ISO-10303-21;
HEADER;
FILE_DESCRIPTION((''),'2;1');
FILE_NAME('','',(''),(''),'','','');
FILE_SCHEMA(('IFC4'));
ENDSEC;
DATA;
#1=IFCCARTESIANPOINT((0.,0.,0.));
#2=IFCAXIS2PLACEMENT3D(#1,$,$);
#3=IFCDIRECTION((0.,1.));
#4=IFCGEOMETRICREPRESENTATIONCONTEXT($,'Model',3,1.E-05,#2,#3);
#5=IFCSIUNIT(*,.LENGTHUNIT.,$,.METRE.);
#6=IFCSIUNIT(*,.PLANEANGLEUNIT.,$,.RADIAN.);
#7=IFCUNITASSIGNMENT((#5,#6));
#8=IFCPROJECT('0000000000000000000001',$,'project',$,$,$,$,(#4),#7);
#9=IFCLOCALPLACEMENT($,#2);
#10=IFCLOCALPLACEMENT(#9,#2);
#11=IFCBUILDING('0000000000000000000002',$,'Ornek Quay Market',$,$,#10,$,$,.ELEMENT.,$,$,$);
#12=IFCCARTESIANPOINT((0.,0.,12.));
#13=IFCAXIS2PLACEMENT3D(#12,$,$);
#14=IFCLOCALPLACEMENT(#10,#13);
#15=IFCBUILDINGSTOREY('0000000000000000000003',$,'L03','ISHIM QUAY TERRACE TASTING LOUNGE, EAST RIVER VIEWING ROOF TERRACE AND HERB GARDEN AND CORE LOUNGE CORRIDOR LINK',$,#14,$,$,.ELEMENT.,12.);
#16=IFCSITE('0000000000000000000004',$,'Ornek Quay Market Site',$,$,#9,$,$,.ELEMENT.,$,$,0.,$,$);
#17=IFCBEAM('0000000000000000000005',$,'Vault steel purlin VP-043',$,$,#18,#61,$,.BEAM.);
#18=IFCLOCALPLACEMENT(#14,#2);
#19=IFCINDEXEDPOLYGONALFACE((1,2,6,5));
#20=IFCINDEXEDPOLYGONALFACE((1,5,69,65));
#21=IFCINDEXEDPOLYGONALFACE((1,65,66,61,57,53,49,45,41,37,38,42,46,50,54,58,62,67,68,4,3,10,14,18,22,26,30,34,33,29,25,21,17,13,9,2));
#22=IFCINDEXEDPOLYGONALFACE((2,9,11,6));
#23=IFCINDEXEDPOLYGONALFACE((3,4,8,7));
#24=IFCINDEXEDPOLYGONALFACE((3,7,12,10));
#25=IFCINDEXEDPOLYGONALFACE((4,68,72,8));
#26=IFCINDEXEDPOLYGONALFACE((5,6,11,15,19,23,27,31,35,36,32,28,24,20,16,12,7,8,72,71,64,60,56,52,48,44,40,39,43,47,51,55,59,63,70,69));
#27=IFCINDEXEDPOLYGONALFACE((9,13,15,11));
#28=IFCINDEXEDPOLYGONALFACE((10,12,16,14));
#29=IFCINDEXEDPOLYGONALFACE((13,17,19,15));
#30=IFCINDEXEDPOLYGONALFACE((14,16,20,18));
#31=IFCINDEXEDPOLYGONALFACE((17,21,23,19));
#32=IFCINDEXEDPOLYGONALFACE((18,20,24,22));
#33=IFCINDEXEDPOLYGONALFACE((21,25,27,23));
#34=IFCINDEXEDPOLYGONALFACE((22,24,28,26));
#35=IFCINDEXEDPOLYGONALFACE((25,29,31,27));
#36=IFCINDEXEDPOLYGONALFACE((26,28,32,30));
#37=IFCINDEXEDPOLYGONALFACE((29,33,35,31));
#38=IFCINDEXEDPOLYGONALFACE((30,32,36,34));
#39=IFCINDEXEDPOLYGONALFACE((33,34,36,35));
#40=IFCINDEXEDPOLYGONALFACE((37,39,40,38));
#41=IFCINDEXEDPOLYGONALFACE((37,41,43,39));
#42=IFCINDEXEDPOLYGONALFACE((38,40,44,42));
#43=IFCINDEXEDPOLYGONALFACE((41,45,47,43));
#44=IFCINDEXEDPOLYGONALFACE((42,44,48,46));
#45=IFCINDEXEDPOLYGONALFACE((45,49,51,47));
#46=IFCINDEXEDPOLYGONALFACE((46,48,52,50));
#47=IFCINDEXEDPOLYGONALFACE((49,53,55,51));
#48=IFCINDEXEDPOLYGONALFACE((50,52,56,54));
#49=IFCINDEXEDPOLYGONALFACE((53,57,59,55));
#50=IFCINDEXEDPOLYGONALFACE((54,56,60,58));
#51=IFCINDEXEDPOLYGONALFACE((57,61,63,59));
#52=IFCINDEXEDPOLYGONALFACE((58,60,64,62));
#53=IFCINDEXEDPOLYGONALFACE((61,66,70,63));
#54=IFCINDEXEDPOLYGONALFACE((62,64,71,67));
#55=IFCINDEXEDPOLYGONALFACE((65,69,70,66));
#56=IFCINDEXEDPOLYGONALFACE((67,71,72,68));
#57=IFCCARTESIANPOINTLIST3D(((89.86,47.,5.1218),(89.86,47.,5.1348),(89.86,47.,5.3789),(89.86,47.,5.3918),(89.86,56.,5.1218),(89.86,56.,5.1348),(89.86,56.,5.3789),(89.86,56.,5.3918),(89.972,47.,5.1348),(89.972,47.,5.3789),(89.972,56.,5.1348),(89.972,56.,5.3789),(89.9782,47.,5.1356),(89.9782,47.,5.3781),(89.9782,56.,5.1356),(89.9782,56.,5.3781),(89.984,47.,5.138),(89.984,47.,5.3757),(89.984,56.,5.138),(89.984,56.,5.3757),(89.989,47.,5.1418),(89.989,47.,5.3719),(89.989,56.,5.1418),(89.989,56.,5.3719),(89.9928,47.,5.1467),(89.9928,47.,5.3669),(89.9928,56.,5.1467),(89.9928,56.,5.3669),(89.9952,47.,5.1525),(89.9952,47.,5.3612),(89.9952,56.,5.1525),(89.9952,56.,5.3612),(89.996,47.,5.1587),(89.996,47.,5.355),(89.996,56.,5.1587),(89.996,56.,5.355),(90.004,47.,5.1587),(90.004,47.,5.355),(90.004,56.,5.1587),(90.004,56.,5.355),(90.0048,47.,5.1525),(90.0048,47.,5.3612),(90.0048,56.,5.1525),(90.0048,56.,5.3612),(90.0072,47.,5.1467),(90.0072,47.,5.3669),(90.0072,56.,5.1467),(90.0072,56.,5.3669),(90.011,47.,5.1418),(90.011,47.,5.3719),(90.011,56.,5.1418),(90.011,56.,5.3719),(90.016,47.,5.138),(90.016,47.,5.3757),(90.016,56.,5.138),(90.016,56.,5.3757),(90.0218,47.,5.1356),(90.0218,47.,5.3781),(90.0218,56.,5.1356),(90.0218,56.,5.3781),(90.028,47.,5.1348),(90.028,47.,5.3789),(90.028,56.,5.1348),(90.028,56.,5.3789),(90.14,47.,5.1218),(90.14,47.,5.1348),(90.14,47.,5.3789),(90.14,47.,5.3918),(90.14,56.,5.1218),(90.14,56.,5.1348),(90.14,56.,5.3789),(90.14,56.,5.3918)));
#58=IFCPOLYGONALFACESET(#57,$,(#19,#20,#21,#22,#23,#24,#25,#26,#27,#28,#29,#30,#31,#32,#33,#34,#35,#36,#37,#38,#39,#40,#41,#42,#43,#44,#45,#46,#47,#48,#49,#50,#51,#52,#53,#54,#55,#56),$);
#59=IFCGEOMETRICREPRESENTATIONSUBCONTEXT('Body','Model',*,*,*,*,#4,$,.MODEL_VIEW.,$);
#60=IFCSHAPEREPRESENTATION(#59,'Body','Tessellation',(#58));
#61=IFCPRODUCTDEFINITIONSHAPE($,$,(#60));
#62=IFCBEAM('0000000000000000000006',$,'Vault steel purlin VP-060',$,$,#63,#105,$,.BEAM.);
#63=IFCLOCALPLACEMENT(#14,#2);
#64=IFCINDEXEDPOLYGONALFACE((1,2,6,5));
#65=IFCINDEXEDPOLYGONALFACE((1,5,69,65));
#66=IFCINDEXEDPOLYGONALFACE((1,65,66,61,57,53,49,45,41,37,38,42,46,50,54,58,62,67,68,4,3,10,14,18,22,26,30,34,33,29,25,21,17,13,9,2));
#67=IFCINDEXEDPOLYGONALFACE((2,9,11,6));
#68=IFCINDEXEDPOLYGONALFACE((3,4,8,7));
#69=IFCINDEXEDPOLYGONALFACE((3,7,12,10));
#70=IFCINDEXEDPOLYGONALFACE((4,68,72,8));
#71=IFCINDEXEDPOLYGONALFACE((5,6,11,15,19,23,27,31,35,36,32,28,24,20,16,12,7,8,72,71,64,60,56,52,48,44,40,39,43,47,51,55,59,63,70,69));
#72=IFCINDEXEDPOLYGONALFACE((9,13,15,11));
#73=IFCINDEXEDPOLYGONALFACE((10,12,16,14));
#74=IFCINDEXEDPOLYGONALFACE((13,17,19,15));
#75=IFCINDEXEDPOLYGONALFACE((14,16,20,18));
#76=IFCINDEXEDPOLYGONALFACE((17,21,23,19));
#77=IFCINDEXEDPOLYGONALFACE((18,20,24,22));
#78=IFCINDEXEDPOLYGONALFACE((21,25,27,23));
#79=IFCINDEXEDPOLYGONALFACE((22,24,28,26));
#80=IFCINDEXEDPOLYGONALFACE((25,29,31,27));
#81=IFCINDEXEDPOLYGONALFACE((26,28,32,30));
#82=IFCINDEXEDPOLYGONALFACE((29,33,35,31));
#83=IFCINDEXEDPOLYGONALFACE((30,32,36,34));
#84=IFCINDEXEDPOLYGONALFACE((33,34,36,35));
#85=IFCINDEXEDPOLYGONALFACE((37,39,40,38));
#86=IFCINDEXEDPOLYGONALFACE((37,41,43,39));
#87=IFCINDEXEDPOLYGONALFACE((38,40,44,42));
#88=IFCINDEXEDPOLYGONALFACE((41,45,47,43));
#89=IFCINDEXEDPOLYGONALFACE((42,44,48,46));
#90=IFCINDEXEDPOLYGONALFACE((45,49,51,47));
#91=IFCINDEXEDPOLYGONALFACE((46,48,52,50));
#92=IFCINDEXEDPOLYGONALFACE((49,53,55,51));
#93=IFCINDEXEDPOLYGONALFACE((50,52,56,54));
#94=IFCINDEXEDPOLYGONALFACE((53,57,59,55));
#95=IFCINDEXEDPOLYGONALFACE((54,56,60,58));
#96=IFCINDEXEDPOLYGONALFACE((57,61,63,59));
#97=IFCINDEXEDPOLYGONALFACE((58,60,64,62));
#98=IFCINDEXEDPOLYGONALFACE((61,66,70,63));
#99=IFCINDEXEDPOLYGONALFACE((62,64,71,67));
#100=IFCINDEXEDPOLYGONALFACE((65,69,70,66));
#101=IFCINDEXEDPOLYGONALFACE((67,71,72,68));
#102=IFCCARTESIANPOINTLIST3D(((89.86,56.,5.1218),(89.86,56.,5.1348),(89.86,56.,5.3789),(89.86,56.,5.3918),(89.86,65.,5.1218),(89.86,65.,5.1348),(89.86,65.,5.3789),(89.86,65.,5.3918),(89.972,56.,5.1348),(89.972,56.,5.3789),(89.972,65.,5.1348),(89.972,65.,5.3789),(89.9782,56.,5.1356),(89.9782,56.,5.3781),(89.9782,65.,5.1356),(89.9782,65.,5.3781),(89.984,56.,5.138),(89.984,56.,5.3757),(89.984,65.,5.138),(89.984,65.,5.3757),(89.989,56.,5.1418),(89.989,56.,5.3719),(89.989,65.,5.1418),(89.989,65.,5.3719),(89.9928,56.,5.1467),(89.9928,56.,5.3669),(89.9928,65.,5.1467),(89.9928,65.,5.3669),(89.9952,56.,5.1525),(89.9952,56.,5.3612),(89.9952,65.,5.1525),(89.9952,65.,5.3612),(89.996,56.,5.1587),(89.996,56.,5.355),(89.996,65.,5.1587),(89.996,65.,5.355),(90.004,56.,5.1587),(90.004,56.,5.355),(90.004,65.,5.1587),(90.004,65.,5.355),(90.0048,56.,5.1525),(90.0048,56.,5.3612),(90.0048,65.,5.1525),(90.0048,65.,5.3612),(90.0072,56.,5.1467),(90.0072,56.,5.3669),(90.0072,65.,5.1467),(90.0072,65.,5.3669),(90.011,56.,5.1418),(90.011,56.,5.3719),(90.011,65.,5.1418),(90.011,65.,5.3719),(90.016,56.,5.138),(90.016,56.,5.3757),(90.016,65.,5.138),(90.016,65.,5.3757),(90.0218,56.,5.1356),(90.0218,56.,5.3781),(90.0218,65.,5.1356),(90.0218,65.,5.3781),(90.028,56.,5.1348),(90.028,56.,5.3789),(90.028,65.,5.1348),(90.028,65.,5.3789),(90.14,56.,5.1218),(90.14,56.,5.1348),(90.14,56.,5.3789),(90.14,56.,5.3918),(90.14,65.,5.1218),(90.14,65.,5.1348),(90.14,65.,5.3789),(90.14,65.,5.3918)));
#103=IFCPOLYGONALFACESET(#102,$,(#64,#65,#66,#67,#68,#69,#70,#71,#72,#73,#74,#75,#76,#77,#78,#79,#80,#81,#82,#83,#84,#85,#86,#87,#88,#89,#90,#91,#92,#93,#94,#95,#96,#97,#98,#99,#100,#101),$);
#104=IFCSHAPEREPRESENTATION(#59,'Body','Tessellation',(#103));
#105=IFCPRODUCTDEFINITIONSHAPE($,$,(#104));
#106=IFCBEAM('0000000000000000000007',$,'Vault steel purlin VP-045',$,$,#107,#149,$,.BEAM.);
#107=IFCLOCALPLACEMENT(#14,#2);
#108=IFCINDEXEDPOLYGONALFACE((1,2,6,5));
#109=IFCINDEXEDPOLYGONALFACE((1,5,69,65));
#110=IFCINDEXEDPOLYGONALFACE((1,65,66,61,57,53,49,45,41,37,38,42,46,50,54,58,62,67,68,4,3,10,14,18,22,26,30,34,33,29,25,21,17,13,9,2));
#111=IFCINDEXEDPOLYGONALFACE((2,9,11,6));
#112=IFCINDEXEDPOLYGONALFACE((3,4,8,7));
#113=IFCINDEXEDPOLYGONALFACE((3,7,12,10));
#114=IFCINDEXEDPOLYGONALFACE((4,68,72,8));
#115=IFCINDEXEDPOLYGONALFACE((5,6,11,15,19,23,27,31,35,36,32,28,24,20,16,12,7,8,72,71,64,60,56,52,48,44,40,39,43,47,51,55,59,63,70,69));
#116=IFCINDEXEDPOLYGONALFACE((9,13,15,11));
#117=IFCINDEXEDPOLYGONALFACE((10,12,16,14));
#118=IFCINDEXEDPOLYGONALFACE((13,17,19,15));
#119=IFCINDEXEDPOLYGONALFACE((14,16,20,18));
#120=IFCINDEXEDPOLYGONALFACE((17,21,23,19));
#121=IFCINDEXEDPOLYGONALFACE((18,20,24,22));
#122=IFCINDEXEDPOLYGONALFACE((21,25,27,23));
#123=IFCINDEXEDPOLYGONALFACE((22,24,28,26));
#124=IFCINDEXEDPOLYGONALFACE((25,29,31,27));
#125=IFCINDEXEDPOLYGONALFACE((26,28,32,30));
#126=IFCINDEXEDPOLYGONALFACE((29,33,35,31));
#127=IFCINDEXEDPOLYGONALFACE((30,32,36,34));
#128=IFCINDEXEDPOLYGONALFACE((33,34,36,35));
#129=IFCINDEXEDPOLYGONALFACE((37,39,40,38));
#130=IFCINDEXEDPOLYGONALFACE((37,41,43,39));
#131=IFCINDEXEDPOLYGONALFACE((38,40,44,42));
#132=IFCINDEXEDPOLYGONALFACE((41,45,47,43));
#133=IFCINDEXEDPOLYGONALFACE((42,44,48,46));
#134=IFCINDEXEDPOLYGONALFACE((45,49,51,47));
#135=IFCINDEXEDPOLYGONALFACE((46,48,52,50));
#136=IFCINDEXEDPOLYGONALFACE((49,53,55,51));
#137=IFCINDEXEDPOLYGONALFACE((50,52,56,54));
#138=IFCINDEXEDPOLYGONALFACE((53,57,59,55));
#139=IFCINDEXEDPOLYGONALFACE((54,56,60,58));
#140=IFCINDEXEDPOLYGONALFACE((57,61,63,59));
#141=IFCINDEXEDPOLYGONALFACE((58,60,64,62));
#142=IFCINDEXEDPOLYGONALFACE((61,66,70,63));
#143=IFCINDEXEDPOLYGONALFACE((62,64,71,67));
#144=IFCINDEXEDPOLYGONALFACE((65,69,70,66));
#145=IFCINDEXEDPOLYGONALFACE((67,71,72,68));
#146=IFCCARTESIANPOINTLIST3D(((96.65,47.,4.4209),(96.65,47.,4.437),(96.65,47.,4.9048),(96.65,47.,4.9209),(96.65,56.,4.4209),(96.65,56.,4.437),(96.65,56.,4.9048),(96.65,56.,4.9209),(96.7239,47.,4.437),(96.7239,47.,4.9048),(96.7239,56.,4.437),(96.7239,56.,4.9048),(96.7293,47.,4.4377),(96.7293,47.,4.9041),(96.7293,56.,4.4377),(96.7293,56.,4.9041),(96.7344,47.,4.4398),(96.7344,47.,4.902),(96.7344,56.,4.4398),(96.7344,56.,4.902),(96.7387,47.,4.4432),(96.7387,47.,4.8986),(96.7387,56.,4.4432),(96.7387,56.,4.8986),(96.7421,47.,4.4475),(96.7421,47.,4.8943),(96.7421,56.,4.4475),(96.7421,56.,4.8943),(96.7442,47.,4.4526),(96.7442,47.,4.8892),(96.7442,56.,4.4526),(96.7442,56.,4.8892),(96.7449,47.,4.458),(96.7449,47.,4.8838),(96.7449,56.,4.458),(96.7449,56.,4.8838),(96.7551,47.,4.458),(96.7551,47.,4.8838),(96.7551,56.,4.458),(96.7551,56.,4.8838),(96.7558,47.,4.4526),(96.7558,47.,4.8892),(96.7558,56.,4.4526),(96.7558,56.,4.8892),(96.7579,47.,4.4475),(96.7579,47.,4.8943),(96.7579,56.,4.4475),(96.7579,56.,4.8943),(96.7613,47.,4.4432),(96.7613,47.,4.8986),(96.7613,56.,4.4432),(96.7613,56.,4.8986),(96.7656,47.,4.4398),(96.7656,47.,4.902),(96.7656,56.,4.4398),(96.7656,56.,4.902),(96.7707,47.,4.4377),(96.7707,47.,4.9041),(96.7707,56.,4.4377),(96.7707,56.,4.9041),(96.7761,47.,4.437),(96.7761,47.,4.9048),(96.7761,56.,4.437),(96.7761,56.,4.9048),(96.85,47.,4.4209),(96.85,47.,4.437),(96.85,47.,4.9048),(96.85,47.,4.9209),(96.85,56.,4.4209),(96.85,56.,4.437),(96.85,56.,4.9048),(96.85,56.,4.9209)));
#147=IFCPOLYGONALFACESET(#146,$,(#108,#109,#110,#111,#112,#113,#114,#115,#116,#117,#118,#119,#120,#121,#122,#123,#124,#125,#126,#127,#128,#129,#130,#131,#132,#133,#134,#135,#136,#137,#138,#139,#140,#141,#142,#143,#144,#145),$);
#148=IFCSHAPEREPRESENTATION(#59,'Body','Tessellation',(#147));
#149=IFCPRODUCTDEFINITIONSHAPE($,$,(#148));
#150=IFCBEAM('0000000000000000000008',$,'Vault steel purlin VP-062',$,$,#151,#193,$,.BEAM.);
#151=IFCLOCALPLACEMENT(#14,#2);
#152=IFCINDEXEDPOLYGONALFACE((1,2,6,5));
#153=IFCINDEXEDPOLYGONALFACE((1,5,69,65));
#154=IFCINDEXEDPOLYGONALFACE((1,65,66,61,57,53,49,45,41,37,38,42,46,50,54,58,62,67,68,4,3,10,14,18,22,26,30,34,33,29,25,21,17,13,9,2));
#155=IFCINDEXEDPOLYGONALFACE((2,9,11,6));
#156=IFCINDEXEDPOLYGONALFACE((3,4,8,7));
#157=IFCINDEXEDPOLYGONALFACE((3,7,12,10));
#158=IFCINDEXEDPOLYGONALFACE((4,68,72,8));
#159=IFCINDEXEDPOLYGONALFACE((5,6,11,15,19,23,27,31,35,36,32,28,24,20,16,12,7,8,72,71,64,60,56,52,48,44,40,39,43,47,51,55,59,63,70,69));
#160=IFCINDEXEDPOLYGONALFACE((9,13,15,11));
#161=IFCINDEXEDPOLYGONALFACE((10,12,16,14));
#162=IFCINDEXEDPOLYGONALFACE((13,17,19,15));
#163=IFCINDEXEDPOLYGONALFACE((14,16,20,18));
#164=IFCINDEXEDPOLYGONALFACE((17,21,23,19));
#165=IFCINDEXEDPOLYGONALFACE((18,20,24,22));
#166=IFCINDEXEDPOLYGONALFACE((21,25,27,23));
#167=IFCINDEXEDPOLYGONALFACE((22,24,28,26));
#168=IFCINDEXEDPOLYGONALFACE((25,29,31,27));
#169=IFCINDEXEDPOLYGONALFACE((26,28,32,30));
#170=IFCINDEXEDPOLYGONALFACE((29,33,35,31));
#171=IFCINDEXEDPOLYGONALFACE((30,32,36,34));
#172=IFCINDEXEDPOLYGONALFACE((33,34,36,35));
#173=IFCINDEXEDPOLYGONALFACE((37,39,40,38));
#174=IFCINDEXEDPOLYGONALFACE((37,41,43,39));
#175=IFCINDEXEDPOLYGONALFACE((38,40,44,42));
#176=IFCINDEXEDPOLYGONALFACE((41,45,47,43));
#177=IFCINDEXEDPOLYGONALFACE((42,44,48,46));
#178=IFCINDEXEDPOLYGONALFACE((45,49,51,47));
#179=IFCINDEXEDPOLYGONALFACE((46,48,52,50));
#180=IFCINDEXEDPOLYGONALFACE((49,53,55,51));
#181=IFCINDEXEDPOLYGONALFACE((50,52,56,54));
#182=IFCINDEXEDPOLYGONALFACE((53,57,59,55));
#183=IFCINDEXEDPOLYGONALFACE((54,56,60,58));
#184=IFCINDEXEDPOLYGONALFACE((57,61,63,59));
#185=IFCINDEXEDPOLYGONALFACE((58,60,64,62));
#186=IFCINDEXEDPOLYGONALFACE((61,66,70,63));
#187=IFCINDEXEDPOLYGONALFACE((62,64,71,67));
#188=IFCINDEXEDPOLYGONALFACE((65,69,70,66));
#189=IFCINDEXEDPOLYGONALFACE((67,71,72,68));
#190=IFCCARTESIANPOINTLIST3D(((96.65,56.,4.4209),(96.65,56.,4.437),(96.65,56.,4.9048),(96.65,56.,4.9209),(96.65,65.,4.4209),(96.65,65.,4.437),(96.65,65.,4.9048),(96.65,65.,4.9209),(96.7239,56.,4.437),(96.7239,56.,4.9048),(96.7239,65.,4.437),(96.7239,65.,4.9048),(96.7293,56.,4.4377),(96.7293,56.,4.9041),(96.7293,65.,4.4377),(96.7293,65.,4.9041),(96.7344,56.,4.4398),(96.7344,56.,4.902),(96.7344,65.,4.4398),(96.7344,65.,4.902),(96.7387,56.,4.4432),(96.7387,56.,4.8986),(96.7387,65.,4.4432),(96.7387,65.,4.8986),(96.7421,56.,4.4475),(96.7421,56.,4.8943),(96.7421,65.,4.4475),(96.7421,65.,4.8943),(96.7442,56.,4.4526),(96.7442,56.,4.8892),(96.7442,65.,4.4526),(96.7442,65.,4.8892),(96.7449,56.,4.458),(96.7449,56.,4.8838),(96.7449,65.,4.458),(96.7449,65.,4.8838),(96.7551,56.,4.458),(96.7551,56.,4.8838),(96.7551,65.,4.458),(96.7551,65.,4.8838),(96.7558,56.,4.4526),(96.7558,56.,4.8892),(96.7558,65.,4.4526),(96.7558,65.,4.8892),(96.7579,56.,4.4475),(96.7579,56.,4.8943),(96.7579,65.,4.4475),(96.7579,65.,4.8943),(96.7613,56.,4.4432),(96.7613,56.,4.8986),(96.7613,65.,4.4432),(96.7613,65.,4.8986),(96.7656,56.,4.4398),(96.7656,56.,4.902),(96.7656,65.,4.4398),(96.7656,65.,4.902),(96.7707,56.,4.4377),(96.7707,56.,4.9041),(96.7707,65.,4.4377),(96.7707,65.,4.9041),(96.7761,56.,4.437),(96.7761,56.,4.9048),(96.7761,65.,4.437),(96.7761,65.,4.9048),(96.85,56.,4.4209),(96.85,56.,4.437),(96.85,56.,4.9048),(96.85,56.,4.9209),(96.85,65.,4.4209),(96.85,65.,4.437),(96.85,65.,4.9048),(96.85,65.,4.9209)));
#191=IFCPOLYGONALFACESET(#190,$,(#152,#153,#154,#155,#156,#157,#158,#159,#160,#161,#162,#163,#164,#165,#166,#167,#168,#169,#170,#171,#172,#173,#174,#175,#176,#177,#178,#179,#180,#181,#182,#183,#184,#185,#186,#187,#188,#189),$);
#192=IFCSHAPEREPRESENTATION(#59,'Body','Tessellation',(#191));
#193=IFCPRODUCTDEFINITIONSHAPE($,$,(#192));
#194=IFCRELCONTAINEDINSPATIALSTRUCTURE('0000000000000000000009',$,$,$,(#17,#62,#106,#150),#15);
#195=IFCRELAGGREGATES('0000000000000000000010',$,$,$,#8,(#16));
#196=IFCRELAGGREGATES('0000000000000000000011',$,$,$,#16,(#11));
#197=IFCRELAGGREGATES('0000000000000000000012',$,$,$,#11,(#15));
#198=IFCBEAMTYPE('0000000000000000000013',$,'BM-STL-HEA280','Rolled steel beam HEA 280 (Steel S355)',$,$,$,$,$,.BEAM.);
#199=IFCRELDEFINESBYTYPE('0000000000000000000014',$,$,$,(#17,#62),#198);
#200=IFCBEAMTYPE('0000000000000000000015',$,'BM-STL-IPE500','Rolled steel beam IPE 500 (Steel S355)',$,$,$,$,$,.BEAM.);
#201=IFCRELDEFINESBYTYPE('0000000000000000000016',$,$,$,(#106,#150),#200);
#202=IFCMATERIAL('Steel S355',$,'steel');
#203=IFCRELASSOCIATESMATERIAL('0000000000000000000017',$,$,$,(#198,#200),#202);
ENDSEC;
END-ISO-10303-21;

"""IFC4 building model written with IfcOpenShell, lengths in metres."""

from ifc_helpers import new_model, si_unit, direction, frame, origin, origin_2d, place, context, subcontext, project, spatial, i_section, extrude, material, material_profile, profile_set, type_object, element, save


model = new_model("IFC4")

# Units and contexts
model_context = context("Model", 3, precision=1e-05, world=origin(), true_north=direction((0.0, 1.0)))
body_context = subcontext(model_context, "Body", "Model", "MODEL_VIEW")
ifc_project = project(units=[si_unit("LENGTHUNIT", "METRE"), si_unit("PLANEANGLEUNIT", "RADIAN")], contexts=[model_context])

# Site, building, storey
site_placement = place(None, origin())
site = spatial("IfcSite", under=ifc_project, at=site_placement, Name="Ornek Quay Market Site", CompositionType="ELEMENT", RefElevation=0.0)
building_placement = place(site_placement, origin())
building = spatial("IfcBuilding", under=site, at=building_placement, Name="Ornek Quay Market", CompositionType="ELEMENT")
storey_placement = place(building_placement, frame((0.0, 0.0, 12.0)))
storey = spatial("IfcBuildingStorey", under=building, at=storey_placement, Name="L03", Description="ISHIM QUAY TERRACE TASTING LOUNGE, EAST RIVER VIEWING ROOF TERRACE AND HERB GARDEN AND CORE LOUNGE CORRIDOR LINK", CompositionType="ELEMENT", Elevation=12.0)

# Beams
ifc_material_1 = material(Name="Steel S355", Category="steel")
ifc_material_profile_1 = material_profile(ifc_material_1, i_section(OverallWidth=0.28, OverallDepth=0.27, WebThickness=0.0081, FlangeThickness=0.0129, FilletRadius=0.0239, at=origin_2d()), Name="HEA 280", Category="steel")
ifc_profile_set_1 = profile_set([ifc_material_profile_1], Name="Steel S355")
beam_type_1 = type_object("IfcBeamType", Name="BM-STL-HEA280", Description="Rolled steel beam HEA 280 (Steel S355)", PredefinedType="BEAM", material=ifc_profile_set_1)
for number, where, z_axis, x_axis, name in (
    (1, (90.0, 47.0, 5.2568), (0.0, 1.0, 0.0), (-1.0, 0.0, 0.0), "Vault steel purlin VP-043"),
    (2, (90.0, 56.0, 5.2568), (0.0, 1.0, 0.0), (-1.0, 0.0, 0.0), "Vault steel purlin VP-060"),
):
    element("IfcBeam", number, at=place(storey_placement, frame(where, z_axis=z_axis, x_axis=x_axis)), inside=storey, type_object=beam_type_1, Name=name, PredefinedType="BEAM", context=body_context, shape_type="SweptSolid", body=[
        extrude(i_section(OverallWidth=0.28, OverallDepth=0.27, WebThickness=0.0081, FlangeThickness=0.0129, FilletRadius=0.0239, at=origin_2d()), origin(), (0.0, 0.0, 1.0), 9.0),
    ])
ifc_material_profile_2 = material_profile(ifc_material_1, i_section(OverallWidth=0.2, OverallDepth=0.5, WebThickness=0.0103, FlangeThickness=0.0161, FilletRadius=0.021, at=origin_2d()), Name="IPE 500", Category="steel")
ifc_profile_set_2 = profile_set([ifc_material_profile_2], Name="Steel S355")
beam_type_2 = type_object("IfcBeamType", Name="BM-STL-IPE500", Description="Rolled steel beam IPE 500 (Steel S355)", PredefinedType="BEAM", material=ifc_profile_set_2)
for number, where, z_axis, x_axis, name in (
    (3, (96.75, 47.0, 4.6709), (0.0, 1.0, 0.0), (-1.0, 0.0, 0.0), "Vault steel purlin VP-045"),
    (4, (96.75, 56.0, 4.6709), (0.0, 1.0, 0.0), (-1.0, 0.0, 0.0), "Vault steel purlin VP-062"),
):
    element("IfcBeam", number, at=place(storey_placement, frame(where, z_axis=z_axis, x_axis=x_axis)), inside=storey, type_object=beam_type_2, Name=name, PredefinedType="BEAM", context=body_context, shape_type="SweptSolid", body=[
        extrude(i_section(OverallWidth=0.2, OverallDepth=0.5, WebThickness=0.0103, FlangeThickness=0.0161, FilletRadius=0.021, at=origin_2d()), origin(), (0.0, 0.0, 1.0), 9.0),
    ])

save(model, "model.ifc")
